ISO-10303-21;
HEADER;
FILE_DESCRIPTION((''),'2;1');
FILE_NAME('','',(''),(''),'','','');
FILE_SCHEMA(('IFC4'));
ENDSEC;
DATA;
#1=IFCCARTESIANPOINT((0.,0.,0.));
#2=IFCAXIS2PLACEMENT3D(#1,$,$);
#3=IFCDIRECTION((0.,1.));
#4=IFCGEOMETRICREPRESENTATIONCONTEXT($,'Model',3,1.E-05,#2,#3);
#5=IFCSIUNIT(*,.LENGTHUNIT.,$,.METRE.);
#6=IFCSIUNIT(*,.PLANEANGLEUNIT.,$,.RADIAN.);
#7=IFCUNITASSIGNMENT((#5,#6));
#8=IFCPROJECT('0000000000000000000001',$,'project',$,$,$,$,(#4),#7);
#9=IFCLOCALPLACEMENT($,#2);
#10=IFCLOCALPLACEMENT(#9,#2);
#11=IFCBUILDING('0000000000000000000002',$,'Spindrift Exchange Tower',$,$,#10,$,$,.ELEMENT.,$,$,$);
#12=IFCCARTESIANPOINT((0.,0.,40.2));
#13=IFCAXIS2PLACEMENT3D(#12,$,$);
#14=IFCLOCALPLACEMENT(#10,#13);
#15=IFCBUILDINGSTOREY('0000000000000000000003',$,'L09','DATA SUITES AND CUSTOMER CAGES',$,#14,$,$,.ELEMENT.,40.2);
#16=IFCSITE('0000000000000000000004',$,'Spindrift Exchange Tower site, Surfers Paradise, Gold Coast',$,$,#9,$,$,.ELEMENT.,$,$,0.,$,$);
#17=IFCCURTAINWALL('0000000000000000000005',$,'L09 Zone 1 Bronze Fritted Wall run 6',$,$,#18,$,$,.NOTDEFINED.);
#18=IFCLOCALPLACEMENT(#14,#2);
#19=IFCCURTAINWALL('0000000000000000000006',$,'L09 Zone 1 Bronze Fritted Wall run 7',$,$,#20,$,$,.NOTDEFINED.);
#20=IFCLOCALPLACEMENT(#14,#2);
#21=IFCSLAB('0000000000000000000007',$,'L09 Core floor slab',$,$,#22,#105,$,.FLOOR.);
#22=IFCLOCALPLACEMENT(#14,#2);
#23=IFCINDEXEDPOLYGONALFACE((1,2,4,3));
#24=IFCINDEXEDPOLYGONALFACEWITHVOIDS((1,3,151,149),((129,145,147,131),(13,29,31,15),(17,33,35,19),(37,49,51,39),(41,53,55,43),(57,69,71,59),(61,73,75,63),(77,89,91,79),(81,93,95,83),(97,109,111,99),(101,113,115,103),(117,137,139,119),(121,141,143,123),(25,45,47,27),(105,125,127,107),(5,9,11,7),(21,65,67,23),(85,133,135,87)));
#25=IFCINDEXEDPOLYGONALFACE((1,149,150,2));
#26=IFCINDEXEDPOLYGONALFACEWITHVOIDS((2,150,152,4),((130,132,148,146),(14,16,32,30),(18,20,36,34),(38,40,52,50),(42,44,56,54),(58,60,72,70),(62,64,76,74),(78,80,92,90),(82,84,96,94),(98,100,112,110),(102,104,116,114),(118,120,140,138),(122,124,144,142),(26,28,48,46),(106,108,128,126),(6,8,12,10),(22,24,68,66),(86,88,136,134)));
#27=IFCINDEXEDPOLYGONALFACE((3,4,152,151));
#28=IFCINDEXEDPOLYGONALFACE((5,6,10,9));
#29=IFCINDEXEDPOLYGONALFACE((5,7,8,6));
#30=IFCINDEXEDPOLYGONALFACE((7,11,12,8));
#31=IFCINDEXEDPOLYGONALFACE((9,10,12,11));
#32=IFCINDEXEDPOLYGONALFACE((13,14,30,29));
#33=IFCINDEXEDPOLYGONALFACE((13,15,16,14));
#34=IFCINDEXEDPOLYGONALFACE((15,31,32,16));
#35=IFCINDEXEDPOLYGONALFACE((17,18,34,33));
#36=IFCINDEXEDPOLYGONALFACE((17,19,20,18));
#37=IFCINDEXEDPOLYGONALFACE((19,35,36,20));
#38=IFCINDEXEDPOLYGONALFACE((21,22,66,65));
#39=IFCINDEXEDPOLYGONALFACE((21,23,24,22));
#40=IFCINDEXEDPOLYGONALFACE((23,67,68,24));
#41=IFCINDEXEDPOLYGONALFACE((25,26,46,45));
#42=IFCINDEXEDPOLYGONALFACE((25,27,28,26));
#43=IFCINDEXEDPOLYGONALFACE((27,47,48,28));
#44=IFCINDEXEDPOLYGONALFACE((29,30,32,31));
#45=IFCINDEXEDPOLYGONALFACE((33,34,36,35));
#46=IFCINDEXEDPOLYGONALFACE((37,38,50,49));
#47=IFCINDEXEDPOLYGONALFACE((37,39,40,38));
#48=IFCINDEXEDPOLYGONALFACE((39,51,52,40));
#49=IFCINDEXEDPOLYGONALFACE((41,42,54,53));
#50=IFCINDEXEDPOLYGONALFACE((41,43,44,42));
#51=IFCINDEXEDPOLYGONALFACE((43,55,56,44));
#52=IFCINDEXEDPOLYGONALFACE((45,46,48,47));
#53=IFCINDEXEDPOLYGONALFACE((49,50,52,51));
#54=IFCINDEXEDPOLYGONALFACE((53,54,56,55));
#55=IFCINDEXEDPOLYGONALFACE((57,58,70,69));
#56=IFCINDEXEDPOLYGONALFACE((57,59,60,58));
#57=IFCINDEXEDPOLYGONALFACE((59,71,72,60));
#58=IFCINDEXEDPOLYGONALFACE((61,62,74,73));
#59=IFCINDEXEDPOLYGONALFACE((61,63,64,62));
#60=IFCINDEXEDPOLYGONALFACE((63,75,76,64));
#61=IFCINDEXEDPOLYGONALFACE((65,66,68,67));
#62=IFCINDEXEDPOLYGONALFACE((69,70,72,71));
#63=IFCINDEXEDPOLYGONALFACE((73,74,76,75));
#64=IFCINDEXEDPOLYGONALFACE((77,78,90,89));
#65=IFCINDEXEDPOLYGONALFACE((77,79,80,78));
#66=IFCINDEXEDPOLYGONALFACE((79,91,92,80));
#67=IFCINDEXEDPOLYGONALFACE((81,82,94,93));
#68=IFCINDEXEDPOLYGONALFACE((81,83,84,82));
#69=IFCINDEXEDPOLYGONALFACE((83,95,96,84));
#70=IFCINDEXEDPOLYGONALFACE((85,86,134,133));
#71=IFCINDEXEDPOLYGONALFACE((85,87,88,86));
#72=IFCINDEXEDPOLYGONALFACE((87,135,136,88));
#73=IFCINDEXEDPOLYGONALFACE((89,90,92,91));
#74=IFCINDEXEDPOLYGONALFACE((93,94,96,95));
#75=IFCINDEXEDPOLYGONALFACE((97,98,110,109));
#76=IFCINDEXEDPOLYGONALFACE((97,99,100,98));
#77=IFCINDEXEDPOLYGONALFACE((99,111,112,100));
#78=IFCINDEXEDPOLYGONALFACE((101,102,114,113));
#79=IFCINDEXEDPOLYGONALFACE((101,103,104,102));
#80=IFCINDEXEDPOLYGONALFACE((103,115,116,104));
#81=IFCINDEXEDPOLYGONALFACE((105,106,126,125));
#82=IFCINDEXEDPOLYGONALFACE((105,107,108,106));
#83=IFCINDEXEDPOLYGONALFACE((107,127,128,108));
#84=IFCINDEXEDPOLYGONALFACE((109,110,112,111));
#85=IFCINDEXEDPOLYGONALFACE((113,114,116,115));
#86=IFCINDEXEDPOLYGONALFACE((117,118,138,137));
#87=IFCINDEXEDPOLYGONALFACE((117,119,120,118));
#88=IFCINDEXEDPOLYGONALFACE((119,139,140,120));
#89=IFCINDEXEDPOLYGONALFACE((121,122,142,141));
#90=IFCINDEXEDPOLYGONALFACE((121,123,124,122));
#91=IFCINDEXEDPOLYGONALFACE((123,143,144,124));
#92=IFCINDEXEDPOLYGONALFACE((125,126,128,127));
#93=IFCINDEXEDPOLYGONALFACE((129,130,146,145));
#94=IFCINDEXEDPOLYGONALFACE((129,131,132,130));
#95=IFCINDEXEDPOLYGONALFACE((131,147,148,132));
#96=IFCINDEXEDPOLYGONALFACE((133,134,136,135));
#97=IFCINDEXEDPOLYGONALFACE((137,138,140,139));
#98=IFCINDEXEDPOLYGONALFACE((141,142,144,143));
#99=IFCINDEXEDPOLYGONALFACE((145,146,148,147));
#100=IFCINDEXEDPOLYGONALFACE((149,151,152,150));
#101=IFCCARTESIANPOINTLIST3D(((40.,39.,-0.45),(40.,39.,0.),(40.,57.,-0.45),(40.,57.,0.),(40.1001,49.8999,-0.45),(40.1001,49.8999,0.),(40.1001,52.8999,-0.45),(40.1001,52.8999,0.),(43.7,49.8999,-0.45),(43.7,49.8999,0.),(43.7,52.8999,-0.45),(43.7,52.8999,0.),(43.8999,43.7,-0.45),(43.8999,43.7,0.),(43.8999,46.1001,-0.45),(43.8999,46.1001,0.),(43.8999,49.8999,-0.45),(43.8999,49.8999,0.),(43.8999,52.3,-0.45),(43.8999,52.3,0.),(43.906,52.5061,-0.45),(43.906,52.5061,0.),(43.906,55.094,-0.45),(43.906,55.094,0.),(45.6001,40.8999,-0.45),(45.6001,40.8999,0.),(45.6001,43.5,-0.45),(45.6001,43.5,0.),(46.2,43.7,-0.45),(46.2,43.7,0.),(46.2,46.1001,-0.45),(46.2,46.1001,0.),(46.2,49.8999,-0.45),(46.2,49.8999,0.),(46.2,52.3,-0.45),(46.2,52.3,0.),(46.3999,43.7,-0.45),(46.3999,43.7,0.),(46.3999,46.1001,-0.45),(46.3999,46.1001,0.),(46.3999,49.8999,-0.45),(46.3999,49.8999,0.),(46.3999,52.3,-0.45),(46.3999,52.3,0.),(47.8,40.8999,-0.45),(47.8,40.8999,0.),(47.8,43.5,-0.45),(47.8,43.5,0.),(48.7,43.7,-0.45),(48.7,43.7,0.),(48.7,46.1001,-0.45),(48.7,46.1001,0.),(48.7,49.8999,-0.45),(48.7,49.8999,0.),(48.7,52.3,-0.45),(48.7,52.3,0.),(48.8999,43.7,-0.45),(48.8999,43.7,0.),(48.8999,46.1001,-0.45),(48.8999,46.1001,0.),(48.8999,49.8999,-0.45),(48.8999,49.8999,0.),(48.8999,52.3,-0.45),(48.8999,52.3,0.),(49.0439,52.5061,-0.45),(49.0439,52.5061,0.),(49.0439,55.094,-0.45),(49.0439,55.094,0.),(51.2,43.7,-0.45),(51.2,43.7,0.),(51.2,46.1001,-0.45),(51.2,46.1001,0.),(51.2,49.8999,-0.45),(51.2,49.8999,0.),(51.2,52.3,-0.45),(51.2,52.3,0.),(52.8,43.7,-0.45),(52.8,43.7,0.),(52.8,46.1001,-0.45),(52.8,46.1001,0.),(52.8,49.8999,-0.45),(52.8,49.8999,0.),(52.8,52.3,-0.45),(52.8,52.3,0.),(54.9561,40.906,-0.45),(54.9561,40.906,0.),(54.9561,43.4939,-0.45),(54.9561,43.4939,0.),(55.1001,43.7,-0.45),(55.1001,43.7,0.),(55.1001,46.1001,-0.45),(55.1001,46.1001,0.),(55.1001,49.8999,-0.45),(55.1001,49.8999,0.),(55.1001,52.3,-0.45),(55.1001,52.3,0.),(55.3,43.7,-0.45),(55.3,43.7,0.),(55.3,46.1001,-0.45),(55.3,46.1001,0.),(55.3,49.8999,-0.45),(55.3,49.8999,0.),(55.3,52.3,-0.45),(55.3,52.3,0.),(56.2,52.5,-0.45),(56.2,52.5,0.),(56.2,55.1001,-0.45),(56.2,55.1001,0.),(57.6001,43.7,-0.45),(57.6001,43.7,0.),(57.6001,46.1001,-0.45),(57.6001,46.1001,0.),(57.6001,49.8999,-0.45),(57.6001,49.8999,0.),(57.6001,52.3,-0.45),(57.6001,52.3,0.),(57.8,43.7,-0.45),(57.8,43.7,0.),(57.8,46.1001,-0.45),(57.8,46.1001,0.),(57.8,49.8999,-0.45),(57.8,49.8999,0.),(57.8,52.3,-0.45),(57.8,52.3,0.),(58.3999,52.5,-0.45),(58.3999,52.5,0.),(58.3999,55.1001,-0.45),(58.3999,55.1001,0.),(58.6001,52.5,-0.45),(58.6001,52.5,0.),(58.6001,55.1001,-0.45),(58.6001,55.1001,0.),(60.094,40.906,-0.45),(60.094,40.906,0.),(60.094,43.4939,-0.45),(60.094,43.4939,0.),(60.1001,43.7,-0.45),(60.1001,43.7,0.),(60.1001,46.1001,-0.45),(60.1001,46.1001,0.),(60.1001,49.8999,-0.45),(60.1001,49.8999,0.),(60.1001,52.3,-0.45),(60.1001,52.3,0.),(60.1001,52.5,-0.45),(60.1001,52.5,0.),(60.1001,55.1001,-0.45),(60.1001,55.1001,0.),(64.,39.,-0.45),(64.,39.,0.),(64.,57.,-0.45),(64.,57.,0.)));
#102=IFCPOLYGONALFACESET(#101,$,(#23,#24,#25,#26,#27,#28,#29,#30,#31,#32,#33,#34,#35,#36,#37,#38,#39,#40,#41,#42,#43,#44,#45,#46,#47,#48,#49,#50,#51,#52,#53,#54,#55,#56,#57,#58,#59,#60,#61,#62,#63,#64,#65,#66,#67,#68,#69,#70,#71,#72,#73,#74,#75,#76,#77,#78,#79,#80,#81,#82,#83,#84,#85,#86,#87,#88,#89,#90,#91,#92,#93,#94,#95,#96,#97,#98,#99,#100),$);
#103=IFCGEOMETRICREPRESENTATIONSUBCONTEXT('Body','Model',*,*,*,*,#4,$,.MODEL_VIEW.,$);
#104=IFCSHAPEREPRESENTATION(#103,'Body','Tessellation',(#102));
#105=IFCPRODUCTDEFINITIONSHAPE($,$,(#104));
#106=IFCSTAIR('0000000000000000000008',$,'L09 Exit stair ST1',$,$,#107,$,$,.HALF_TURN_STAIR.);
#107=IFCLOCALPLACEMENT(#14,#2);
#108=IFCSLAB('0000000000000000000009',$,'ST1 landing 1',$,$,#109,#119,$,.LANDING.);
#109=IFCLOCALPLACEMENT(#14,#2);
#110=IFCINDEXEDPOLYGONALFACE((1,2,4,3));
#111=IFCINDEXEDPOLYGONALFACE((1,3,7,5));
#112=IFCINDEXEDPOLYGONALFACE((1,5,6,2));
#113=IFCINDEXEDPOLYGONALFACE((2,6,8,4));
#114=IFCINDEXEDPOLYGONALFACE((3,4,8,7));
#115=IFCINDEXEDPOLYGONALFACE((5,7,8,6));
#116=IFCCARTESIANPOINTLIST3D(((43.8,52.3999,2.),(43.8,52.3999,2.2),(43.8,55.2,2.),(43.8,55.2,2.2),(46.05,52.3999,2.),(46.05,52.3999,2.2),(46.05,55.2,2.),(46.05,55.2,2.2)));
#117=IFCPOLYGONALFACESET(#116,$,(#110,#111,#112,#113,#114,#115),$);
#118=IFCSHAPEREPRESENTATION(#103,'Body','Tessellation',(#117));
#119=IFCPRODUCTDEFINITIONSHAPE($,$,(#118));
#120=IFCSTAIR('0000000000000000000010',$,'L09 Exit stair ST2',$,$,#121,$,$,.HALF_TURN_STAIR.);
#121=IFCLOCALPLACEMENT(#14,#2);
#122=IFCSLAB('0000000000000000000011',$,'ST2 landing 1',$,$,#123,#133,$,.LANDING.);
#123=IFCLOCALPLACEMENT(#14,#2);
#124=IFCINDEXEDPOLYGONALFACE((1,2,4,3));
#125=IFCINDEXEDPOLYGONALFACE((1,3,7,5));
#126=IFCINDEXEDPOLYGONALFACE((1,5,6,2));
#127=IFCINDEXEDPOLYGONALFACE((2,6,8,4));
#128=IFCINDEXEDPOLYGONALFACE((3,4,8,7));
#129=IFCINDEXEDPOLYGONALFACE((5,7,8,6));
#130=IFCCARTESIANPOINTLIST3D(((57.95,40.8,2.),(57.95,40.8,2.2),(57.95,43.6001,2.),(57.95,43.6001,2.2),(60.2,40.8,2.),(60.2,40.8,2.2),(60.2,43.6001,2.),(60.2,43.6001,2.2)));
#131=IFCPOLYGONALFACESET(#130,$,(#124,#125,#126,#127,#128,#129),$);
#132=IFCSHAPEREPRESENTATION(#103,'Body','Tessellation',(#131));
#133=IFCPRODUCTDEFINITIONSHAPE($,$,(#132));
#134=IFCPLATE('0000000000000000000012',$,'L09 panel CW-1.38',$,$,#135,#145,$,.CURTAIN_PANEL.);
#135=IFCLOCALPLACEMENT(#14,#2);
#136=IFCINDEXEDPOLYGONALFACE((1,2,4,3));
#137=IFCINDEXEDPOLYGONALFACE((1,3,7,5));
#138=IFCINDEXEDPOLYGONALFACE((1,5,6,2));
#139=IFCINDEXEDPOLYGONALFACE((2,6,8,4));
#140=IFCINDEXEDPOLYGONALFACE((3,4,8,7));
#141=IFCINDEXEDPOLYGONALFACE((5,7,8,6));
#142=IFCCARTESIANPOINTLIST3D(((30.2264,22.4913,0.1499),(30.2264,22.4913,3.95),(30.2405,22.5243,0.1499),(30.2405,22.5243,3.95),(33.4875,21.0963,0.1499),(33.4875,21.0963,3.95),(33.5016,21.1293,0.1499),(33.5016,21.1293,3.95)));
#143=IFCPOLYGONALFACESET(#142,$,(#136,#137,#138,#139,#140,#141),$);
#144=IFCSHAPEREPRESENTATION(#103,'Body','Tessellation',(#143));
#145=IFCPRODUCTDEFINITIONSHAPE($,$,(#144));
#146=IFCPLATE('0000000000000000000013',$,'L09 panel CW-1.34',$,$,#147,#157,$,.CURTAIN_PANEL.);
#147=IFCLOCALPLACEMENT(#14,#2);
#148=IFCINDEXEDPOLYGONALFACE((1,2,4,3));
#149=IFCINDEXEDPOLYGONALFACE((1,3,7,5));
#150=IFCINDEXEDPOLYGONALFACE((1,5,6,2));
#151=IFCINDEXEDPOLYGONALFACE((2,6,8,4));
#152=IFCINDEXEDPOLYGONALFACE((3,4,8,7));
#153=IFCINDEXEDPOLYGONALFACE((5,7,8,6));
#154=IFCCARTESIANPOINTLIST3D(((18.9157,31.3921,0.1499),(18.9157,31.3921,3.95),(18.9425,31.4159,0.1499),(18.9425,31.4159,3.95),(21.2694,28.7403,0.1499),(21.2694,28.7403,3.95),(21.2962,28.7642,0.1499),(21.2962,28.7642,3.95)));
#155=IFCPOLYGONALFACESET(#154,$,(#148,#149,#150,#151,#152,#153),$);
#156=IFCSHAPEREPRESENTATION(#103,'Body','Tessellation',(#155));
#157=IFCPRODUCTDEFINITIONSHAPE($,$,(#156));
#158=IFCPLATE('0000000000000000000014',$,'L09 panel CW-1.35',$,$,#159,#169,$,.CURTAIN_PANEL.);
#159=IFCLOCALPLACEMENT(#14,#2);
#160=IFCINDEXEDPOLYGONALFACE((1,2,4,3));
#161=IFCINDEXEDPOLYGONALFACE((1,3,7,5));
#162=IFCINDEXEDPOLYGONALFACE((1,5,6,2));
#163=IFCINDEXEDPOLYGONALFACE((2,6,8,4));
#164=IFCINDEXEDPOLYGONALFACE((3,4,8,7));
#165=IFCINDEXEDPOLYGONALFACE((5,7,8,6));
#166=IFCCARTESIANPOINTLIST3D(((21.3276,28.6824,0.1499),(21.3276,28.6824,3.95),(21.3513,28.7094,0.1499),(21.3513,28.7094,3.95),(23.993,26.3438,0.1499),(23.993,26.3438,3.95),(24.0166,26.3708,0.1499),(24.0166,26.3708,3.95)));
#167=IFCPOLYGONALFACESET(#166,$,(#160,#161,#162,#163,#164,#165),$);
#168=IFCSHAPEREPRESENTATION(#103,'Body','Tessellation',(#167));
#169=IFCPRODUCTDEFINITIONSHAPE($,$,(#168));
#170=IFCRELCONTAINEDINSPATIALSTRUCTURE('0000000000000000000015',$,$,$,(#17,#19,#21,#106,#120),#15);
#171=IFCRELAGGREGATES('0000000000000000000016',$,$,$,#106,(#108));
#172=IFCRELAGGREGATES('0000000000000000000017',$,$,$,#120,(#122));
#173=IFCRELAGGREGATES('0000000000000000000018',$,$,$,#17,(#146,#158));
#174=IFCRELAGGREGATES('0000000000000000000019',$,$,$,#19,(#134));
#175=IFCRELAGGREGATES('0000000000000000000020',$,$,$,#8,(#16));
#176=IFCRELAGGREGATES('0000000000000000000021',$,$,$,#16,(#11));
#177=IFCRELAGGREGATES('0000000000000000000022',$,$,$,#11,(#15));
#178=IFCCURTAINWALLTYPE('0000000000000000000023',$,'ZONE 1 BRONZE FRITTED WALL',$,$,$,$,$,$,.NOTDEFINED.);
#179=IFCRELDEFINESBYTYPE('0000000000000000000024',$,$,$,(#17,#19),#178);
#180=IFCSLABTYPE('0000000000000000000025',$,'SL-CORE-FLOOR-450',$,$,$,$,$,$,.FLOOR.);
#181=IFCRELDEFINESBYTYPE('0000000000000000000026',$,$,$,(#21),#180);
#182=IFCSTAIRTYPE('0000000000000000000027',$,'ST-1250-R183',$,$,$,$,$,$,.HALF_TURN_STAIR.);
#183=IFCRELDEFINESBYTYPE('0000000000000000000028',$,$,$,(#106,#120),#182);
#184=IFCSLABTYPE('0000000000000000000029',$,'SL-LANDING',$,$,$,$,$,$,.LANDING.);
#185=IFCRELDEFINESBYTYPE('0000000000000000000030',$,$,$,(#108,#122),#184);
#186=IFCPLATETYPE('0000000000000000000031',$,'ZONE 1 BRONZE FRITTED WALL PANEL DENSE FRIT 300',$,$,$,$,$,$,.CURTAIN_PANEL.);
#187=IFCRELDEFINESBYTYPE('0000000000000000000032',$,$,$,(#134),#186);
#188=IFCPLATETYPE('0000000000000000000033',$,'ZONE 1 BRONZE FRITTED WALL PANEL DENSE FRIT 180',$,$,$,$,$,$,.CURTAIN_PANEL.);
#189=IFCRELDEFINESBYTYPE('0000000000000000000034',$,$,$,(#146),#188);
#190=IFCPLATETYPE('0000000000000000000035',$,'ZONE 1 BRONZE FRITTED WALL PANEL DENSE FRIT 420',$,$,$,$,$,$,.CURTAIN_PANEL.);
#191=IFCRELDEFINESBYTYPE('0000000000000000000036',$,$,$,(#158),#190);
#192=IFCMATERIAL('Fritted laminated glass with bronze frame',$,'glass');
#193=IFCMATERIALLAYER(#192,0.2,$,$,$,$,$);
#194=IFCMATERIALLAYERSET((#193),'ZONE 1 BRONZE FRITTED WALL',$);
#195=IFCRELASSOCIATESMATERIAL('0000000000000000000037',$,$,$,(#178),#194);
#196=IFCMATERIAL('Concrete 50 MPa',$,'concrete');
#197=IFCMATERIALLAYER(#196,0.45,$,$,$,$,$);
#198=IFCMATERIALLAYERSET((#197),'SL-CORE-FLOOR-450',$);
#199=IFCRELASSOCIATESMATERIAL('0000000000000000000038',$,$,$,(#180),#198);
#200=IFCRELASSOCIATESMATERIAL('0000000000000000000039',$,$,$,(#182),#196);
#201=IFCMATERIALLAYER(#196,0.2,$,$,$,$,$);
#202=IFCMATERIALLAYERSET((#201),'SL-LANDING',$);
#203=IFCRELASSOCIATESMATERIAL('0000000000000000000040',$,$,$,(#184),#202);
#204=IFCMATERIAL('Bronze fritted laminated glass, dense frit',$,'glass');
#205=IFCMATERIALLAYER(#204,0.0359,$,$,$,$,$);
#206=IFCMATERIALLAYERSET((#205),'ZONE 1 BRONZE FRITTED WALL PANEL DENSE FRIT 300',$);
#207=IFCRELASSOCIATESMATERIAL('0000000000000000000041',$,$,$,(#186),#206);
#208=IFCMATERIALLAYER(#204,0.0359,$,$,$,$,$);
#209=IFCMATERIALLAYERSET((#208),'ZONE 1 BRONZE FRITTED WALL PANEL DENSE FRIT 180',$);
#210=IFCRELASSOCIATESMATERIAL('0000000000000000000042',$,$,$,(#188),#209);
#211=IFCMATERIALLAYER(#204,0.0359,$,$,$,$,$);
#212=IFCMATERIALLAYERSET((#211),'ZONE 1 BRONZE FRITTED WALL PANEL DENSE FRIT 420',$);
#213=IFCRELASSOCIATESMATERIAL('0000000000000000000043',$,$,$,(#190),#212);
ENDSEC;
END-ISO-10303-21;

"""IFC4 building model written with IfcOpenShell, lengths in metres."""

from ifc_helpers import new_model, si_unit, direction, frame, origin, origin_2d, place, context, subcontext, project, spatial, line, indexed_curve, rectangle, outline, extrude, source, transform, mapped, material, layer, layer_set, type_object, element, aggregate, save


model = new_model("IFC4")

# Units and contexts
model_context = context("Model", 3, precision=1e-05, world=origin(), true_north=direction((0.0, 1.0)))
body_context = subcontext(model_context, "Body", "Model", "MODEL_VIEW")
ifc_project = project(units=[si_unit("LENGTHUNIT", "METRE"), si_unit("PLANEANGLEUNIT", "RADIAN")], contexts=[model_context])

# Site, building, storey
site_placement = place(None, origin())
site = spatial("IfcSite", under=ifc_project, at=site_placement, Name="Spindrift Exchange Tower site, Surfers Paradise, Gold Coast", CompositionType="ELEMENT", RefElevation=0.0)
building_placement = place(site_placement, origin())
building = spatial("IfcBuilding", under=site, at=building_placement, Name="Spindrift Exchange Tower", CompositionType="ELEMENT")
storey_placement = place(building_placement, frame((0.0, 0.0, 40.2)))
storey = spatial("IfcBuildingStorey", under=building, at=storey_placement, Name="L09", Description="DATA SUITES AND CUSTOMER CAGES", CompositionType="ELEMENT", Elevation=40.2)

# Curtain walls
ifc_material_1 = material(Name="Fritted laminated glass with bronze frame", Category="glass")
ifc_layer_1 = layer(ifc_material_1, 0.2)
ifc_layer_set_1 = layer_set([ifc_layer_1], Name="ZONE 1 BRONZE FRITTED WALL")
curtain_wall_type = type_object("IfcCurtainWallType", Name="ZONE 1 BRONZE FRITTED WALL", PredefinedType="NOTDEFINED", material=ifc_layer_set_1)
curtain_wall_1_placement = place(storey_placement, origin())
curtain_wall_1 = element("IfcCurtainWall", 1, at=curtain_wall_1_placement, inside=storey, type_object=curtain_wall_type, Name="L09 Zone 1 Bronze Fritted Wall run 6", PredefinedType="NOTDEFINED")
curtain_wall_2_placement = place(storey_placement, origin())
curtain_wall_2 = element("IfcCurtainWall", 2, at=curtain_wall_2_placement, inside=storey, type_object=curtain_wall_type, Name="L09 Zone 1 Bronze Fritted Wall run 7", PredefinedType="NOTDEFINED")

# Slab
ifc_material_2 = material(Name="Concrete 50 MPa", Category="concrete")
ifc_layer_2 = layer(ifc_material_2, 0.45)
ifc_layer_set_2 = layer_set([ifc_layer_2], Name="SL-CORE-FLOOR-450")
slab_type_1 = type_object("IfcSlabType", Name="SL-CORE-FLOOR-450", PredefinedType="FLOOR", material=ifc_layer_set_2)
slab_1_placement = place(storey_placement, frame((0.0, 0.0, -0.45)))
element("IfcSlab", 3, at=slab_1_placement, inside=storey, type_object=slab_type_1, Name="L09 Core floor slab", PredefinedType="FLOOR", context=body_context, shape_type="SweptSolid", body=[
    extrude(outline(indexed_curve([(40.0, 39.0), (40.0, 57.0), (64.0, 57.0), (64.0, 39.0)], segments=[line(1, 2, 3, 4, 1)], self_intersect=False), holes=[indexed_curve([(47.8, 43.5), (45.6001, 43.5), (45.6001, 40.8999), (47.8, 40.8999)], segments=[line(1, 2, 3, 4, 1)], self_intersect=False), indexed_curve([(46.2, 46.1001), (43.8999, 46.1001), (43.8999, 43.7), (46.2, 43.7)], segments=[line(1, 2, 3, 4, 1)], self_intersect=False), indexed_curve([(48.7, 46.1001), (46.3999, 46.1001), (46.3999, 43.7), (48.7, 43.7)], segments=[line(1, 2, 3, 4, 1)], self_intersect=False), indexed_curve([(51.2, 46.1001), (48.8999, 46.1001), (48.8999, 43.7), (51.2, 43.7)], segments=[line(1, 2, 3, 4, 1)], self_intersect=False), indexed_curve([(46.2, 52.3), (43.8999, 52.3), (43.8999, 49.8999), (46.2, 49.8999)], segments=[line(1, 2, 3, 4, 1)], self_intersect=False), indexed_curve([(48.7, 52.3), (46.3999, 52.3), (46.3999, 49.8999), (48.7, 49.8999)], segments=[line(1, 2, 3, 4, 1)], self_intersect=False), indexed_curve([(51.2, 52.3), (48.8999, 52.3), (48.8999, 49.8999), (51.2, 49.8999)], segments=[line(1, 2, 3, 4, 1)], self_intersect=False), indexed_curve([(43.7, 49.8999), (43.7, 52.8999), (40.1001, 52.8999), (40.1001, 49.8999)], segments=[line(1, 2, 3, 4, 1)], self_intersect=False), indexed_curve([(49.0439, 55.094), (43.906, 55.094), (43.906, 52.5061), (49.0439, 52.5061)], segments=[line(1, 2, 3, 4, 1)], self_intersect=False), indexed_curve([(60.094, 40.906), (60.094, 43.4939), (54.9561, 43.4939), (54.9561, 40.906)], segments=[line(1, 2, 3, 4, 1)], self_intersect=False), indexed_curve([(55.1001, 46.1001), (52.8, 46.1001), (52.8, 43.7), (55.1001, 43.7)], segments=[line(1, 2, 3, 4, 1)], self_intersect=False), indexed_curve([(57.6001, 46.1001), (55.3, 46.1001), (55.3, 43.7), (57.6001, 43.7)], segments=[line(1, 2, 3, 4, 1)], self_intersect=False), indexed_curve([(60.1001, 46.1001), (57.8, 46.1001), (57.8, 43.7), (60.1001, 43.7)], segments=[line(1, 2, 3, 4, 1)], self_intersect=False), indexed_curve([(55.1001, 52.3), (52.8, 52.3), (52.8, 49.8999), (55.1001, 49.8999)], segments=[line(1, 2, 3, 4, 1)], self_intersect=False), indexed_curve([(57.6001, 52.3), (55.3, 52.3), (55.3, 49.8999), (57.6001, 49.8999)], segments=[line(1, 2, 3, 4, 1)], self_intersect=False), indexed_curve([(60.1001, 52.3), (57.8, 52.3), (57.8, 49.8999), (60.1001, 49.8999)], segments=[line(1, 2, 3, 4, 1)], self_intersect=False), indexed_curve([(58.3999, 52.5), (58.3999, 55.1001), (56.2, 55.1001), (56.2, 52.5)], segments=[line(1, 2, 3, 4, 1)], self_intersect=False), indexed_curve([(60.1001, 52.5), (60.1001, 55.1001), (58.6001, 55.1001), (58.6001, 52.5)], segments=[line(1, 2, 3, 4, 1)], self_intersect=False)]), origin(), (0.0, 0.0, 1.0), 0.45),
])

# Stairs, slabs
stair_type = type_object("IfcStairType", Name="ST-1250-R183", PredefinedType="HALF_TURN_STAIR", material=ifc_material_2)
stair_1_placement = place(storey_placement, origin())
stair_1 = element("IfcStair", 4, at=stair_1_placement, inside=storey, type_object=stair_type, Name="L09 Exit stair ST1", PredefinedType="HALF_TURN_STAIR")
ifc_layer_3 = layer(ifc_material_2, 0.2)
ifc_layer_set_3 = layer_set([ifc_layer_3], Name="SL-LANDING")
slab_type_2 = type_object("IfcSlabType", Name="SL-LANDING", PredefinedType="LANDING", material=ifc_layer_set_3)
slab_2_placement = place(storey_placement, frame((0.0, 0.0, 2.0)))
slab_2 = element("IfcSlab", 5, at=slab_2_placement, type_object=slab_type_2, Name="ST1 landing 1", PredefinedType="LANDING", context=body_context, shape_type="SweptSolid", body=[
    extrude(outline(indexed_curve([(46.05, 52.3999), (43.8, 52.3999), (43.8, 55.2), (46.05, 55.2)], segments=[line(1, 2, 3, 4, 1)], self_intersect=False)), origin(), (0.0, 0.0, 1.0), 0.2),
])
aggregate(stair_1, [slab_2])
stair_2_placement = place(storey_placement, origin())
stair_2 = element("IfcStair", 6, at=stair_2_placement, inside=storey, type_object=stair_type, Name="L09 Exit stair ST2", PredefinedType="HALF_TURN_STAIR")
slab_3_placement = place(storey_placement, frame((0.0, 0.0, 2.0)))
slab_3 = element("IfcSlab", 7, at=slab_3_placement, type_object=slab_type_2, Name="ST2 landing 1", PredefinedType="LANDING", context=body_context, shape_type="SweptSolid", body=[
    extrude(outline(indexed_curve([(57.95, 43.6001), (60.2, 43.6001), (60.2, 40.8), (57.95, 40.8)], segments=[line(1, 2, 3, 4, 1)], self_intersect=False)), origin(), (0.0, 0.0, 1.0), 0.2),
])
aggregate(stair_2, [slab_3])

# Plates
ifc_material_3 = material(Name="Bronze fritted laminated glass, dense frit", Category="glass")
ifc_layer_4 = layer(ifc_material_3, 0.0359)
ifc_layer_set_4 = layer_set([ifc_layer_4], Name="ZONE 1 BRONZE FRITTED WALL PANEL DENSE FRIT 300")
plate_type_1 = type_object("IfcPlateType", Name="ZONE 1 BRONZE FRITTED WALL PANEL DENSE FRIT 300", PredefinedType="CURTAIN_PANEL", material=ifc_layer_set_4)
shared_shape_1 = source(origin(), body_context, "Body", "SweptSolid", [
    extrude(rectangle(XDim=3.5469, YDim=0.0359, at=origin_2d()), origin(), (0.0, 0.0, 1.0), 3.8),
])
plate_1_placement = place(storey_placement, frame((31.864, 21.8103, 0.1499), z_axis=(0.0, 0.0, 1.0), x_axis=(0.919416, -0.393287, 0.0)))
plate_1 = element("IfcPlate", 8, at=plate_1_placement, type_object=plate_type_1, Name="L09 panel CW-1.38", PredefinedType="CURTAIN_PANEL", context=body_context, shape_type="MappedRepresentation", body=[
    mapped(shared_shape_1, transform((0.0, 0.0, 0.0), scale=1.0)),
])
ifc_layer_5 = layer(ifc_material_3, 0.0359)
ifc_layer_set_5 = layer_set([ifc_layer_5], Name="ZONE 1 BRONZE FRITTED WALL PANEL DENSE FRIT 180")
plate_type_2 = type_object("IfcPlateType", Name="ZONE 1 BRONZE FRITTED WALL PANEL DENSE FRIT 180", PredefinedType="CURTAIN_PANEL", material=ifc_layer_set_5)
shared_shape_2 = source(origin(), body_context, "Body", "SweptSolid", [
    extrude(rectangle(XDim=3.5457, YDim=0.0359, at=origin_2d()), origin(), (0.0, 0.0, 1.0), 3.8),
])
plate_2_placement = place(storey_placement, frame((20.106, 30.0781, 0.1499), z_axis=(0.0, 0.0, 1.0), x_axis=(0.663823, -0.74789, 0.0)))
plate_2 = element("IfcPlate", 9, at=plate_2_placement, type_object=plate_type_2, Name="L09 panel CW-1.34", PredefinedType="CURTAIN_PANEL", context=body_context, shape_type="MappedRepresentation", body=[
    mapped(shared_shape_2, transform((0.0, 0.0, 0.0), scale=1.0)),
])
ifc_layer_6 = layer(ifc_material_3, 0.0359)
ifc_layer_set_6 = layer_set([ifc_layer_6], Name="ZONE 1 BRONZE FRITTED WALL PANEL DENSE FRIT 420")
plate_type_3 = type_object("IfcPlateType", Name="ZONE 1 BRONZE FRITTED WALL PANEL DENSE FRIT 420", PredefinedType="CURTAIN_PANEL", material=ifc_layer_set_6)
shared_shape_3 = source(origin(), body_context, "Body", "SweptSolid", [
    extrude(rectangle(XDim=3.5459, YDim=0.0359, at=origin_2d()), origin(), (0.0, 0.0, 1.0), 3.8),
])
plate_3_placement = place(storey_placement, frame((22.6721, 27.5266, 0.1499), z_axis=(0.0, 0.0, 1.0), x_axis=(0.751674, -0.659535, 0.0)))
plate_3 = element("IfcPlate", 10, at=plate_3_placement, type_object=plate_type_3, Name="L09 panel CW-1.35", PredefinedType="CURTAIN_PANEL", context=body_context, shape_type="MappedRepresentation", body=[
    mapped(shared_shape_3, transform((0.0, 0.0, 0.0), scale=1.0)),
])
aggregate(curtain_wall_1, [plate_2, plate_3])
aggregate(curtain_wall_2, [plate_1])

save(model, "model.ifc")
